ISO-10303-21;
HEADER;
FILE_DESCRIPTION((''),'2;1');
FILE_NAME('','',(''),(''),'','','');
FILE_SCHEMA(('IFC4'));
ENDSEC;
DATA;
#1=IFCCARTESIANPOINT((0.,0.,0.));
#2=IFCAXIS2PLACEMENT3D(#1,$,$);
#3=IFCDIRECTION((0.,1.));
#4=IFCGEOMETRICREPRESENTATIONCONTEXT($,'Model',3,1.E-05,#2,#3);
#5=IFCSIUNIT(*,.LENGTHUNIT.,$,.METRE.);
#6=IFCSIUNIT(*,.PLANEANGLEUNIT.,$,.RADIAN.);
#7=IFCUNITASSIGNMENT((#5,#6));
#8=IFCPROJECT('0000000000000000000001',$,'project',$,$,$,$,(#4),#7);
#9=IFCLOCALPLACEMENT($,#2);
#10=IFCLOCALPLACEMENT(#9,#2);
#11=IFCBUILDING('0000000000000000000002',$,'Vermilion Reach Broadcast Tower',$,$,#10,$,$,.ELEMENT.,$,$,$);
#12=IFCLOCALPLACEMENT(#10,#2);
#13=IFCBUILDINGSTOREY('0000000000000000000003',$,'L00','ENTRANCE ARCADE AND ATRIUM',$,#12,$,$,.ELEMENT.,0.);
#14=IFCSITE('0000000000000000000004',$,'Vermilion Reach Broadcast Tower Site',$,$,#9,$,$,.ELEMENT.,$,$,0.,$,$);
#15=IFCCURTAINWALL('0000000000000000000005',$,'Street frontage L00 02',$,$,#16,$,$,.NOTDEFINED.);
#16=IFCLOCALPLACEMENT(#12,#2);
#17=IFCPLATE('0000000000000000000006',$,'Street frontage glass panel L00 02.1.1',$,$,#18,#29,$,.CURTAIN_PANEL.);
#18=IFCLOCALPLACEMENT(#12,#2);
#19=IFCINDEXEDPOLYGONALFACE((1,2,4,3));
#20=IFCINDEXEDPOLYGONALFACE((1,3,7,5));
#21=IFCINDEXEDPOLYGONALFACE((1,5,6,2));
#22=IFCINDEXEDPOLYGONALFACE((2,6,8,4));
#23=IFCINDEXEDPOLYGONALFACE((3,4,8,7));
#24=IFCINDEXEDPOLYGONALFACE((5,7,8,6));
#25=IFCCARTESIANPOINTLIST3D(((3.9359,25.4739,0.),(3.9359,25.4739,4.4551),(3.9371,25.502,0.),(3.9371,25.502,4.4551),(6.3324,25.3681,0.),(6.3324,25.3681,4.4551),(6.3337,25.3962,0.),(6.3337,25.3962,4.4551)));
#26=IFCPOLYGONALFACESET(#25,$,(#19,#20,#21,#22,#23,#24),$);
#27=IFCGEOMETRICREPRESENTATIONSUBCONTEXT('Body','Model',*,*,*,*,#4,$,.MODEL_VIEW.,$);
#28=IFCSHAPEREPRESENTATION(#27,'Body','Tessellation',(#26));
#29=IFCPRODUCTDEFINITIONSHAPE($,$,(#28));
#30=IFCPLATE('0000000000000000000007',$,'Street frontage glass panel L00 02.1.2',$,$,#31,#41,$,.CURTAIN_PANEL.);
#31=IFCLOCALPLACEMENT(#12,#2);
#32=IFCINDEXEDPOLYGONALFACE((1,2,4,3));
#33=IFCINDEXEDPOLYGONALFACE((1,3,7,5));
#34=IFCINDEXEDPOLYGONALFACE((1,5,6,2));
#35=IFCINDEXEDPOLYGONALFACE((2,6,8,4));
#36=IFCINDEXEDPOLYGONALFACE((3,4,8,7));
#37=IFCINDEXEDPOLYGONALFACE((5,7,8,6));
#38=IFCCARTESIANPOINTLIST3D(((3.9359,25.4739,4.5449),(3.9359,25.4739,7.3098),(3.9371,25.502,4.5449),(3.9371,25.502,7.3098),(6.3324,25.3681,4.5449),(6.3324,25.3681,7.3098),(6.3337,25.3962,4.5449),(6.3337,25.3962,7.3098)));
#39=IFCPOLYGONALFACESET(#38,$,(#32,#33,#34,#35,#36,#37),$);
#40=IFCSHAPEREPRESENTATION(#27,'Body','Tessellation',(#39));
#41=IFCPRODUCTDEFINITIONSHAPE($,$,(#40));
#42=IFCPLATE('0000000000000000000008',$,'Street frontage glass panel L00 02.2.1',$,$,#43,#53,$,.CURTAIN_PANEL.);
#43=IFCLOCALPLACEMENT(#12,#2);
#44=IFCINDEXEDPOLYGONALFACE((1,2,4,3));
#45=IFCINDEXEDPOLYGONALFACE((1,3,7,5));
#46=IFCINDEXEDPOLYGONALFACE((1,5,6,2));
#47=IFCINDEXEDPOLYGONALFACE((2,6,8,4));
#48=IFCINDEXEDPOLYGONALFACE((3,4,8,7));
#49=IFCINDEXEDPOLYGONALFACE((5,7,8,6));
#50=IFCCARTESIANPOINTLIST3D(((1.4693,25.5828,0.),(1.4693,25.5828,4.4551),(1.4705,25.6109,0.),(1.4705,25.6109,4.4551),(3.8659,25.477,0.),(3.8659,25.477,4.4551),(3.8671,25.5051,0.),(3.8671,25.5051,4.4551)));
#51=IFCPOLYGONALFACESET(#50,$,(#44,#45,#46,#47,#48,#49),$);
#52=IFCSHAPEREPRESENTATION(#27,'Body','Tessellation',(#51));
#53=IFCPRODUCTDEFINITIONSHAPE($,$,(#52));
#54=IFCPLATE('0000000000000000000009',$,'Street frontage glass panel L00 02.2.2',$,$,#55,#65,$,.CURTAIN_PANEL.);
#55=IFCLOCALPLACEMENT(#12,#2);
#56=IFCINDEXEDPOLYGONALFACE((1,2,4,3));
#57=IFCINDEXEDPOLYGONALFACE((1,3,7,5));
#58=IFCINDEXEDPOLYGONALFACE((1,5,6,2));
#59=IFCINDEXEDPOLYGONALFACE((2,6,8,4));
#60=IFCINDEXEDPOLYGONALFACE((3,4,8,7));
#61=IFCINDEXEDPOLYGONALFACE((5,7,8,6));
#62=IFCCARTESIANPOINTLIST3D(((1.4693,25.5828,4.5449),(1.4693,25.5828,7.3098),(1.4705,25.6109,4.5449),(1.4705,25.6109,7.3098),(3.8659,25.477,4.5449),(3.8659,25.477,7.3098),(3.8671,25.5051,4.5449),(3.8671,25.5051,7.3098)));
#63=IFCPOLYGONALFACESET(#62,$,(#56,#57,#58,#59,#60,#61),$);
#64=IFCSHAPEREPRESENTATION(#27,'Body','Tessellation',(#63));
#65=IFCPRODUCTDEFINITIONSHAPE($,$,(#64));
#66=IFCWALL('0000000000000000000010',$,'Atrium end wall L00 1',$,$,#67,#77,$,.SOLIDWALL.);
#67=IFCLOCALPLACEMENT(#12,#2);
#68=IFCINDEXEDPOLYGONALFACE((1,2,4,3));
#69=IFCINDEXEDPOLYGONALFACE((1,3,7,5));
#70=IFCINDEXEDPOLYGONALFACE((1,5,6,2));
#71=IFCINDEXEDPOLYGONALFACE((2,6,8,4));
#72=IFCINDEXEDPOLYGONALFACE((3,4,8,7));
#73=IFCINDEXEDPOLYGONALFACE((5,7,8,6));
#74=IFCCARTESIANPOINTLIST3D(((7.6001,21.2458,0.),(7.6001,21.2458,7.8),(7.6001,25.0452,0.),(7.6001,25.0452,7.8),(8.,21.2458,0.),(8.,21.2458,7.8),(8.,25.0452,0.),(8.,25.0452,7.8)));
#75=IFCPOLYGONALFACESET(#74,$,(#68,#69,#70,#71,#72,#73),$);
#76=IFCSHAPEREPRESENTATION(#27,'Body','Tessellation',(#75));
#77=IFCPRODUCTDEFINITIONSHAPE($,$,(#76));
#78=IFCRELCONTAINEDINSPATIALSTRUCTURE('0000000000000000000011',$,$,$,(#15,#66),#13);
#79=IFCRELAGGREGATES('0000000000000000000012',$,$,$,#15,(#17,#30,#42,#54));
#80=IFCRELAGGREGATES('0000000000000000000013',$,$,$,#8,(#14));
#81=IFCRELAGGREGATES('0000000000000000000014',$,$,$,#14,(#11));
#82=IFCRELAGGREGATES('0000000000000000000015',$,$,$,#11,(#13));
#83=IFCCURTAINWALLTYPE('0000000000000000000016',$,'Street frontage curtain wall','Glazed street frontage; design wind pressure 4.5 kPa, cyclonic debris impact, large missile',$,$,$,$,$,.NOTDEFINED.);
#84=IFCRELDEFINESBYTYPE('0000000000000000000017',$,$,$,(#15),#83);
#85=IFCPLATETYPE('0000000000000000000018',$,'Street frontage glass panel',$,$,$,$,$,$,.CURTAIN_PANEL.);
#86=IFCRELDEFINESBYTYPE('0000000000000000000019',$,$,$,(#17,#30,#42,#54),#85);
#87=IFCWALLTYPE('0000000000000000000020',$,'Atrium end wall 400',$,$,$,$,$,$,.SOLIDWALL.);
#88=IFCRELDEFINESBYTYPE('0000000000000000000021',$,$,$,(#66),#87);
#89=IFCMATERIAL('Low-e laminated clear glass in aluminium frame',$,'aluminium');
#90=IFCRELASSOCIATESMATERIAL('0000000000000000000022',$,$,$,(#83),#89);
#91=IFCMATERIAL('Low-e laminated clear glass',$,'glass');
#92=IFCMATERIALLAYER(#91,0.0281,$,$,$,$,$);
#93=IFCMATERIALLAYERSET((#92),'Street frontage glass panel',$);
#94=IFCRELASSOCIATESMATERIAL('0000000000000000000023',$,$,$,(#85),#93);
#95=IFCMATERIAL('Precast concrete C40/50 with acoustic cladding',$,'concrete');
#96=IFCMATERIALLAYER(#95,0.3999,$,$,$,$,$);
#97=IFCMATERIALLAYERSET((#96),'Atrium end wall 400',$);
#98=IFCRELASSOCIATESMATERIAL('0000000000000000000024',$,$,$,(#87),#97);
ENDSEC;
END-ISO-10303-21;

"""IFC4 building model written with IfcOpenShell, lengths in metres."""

from ifc_helpers import new_model, si_unit, direction, frame, frame_2d, origin, origin_2d, place, context, subcontext, project, spatial, rectangle, extrude, material, layer, layer_set, type_object, element, aggregate, save


model = new_model("IFC4")

# Units and contexts
model_context = context("Model", 3, precision=1e-05, world=origin(), true_north=direction((0.0, 1.0)))
body_context = subcontext(model_context, "Body", "Model", "MODEL_VIEW")
ifc_project = project(units=[si_unit("LENGTHUNIT", "METRE"), si_unit("PLANEANGLEUNIT", "RADIAN")], contexts=[model_context])

# Site, building, storey
site_placement = place(None, origin())
site = spatial("IfcSite", under=ifc_project, at=site_placement, Name="Vermilion Reach Broadcast Tower Site", CompositionType="ELEMENT", RefElevation=0.0)
building_placement = place(site_placement, origin())
building = spatial("IfcBuilding", under=site, at=building_placement, Name="Vermilion Reach Broadcast Tower", CompositionType="ELEMENT")
storey_placement = place(building_placement, origin())
storey = spatial("IfcBuildingStorey", under=building, at=storey_placement, Name="L00", Description="ENTRANCE ARCADE AND ATRIUM", CompositionType="ELEMENT", Elevation=0.0)

# Shared definitions
placement = place(storey_placement, origin())

# Curtain wall
ifc_material_1 = material(Name="Low-e laminated clear glass in aluminium frame", Category="aluminium")
curtain_wall_type_1 = type_object("IfcCurtainWallType", Name="Street frontage curtain wall", Description="Glazed street frontage; design wind pressure 4.5 kPa, cyclonic debris impact, large missile", PredefinedType="NOTDEFINED", material=ifc_material_1)
curtain_wall_1 = element("IfcCurtainWall", 1, at=placement, inside=storey, type_object=curtain_wall_type_1, Name="Street frontage L00 02", PredefinedType="NOTDEFINED")

# Plates
ifc_material_2 = material(Name="Low-e laminated clear glass", Category="glass")
ifc_layer_1 = layer(ifc_material_2, 0.0281)
ifc_layer_set_1 = layer_set([ifc_layer_1], Name="Street frontage glass panel")
plate_type_1 = type_object("IfcPlateType", Name="Street frontage glass panel", PredefinedType="CURTAIN_PANEL", material=ifc_layer_set_1)
plate_1_placement = place(storey_placement, frame((5.1348, 25.4351, 0.0), z_axis=(0.0, 0.0, 1.0), x_axis=(-0.999027, 0.044105, 0.0)))
plate_1 = element("IfcPlate", 2, at=plate_1_placement, type_object=plate_type_1, Name="Street frontage glass panel L00 02.1.1", PredefinedType="CURTAIN_PANEL", context=body_context, shape_type="SweptSolid", body=[
    extrude(rectangle(XDim=2.3989, YDim=0.0281, at=origin_2d()), origin(), (0.0, 0.0, 1.0), 4.4551),
])
plate_2_placement = place(storey_placement, frame((5.1348, 25.4351, 4.5449), z_axis=(0.0, 0.0, 1.0), x_axis=(-0.999027, 0.044105, 0.0)))
plate_2 = element("IfcPlate", 3, at=plate_2_placement, type_object=plate_type_1, Name="Street frontage glass panel L00 02.1.2", PredefinedType="CURTAIN_PANEL", context=body_context, shape_type="SweptSolid", body=[
    extrude(rectangle(XDim=2.3989, YDim=0.0281, at=origin_2d()), origin(), (0.0, 0.0, 1.0), 2.7649),
])
plate_3_placement = place(storey_placement, frame((2.6682, 25.5439, 0.0), z_axis=(0.0, 0.0, 1.0), x_axis=(-0.999027, 0.044105, 0.0)))
plate_3 = element("IfcPlate", 4, at=plate_3_placement, type_object=plate_type_1, Name="Street frontage glass panel L00 02.2.1", PredefinedType="CURTAIN_PANEL", context=body_context, shape_type="SweptSolid", body=[
    extrude(rectangle(XDim=2.3989, YDim=0.0281, at=origin_2d()), origin(), (0.0, 0.0, 1.0), 4.4551),
])
plate_4_placement = place(storey_placement, frame((2.6682, 25.5439, 4.5449), z_axis=(0.0, 0.0, 1.0), x_axis=(-0.999027, 0.044105, 0.0)))
plate_4 = element("IfcPlate", 5, at=plate_4_placement, type_object=plate_type_1, Name="Street frontage glass panel L00 02.2.2", PredefinedType="CURTAIN_PANEL", context=body_context, shape_type="SweptSolid", body=[
    extrude(rectangle(XDim=2.3989, YDim=0.0281, at=origin_2d()), origin(), (0.0, 0.0, 1.0), 2.7649),
])
aggregate(curtain_wall_1, [plate_1, plate_2, plate_3, plate_4])

# Wall
ifc_material_3 = material(Name="Precast concrete C40/50 with acoustic cladding", Category="concrete")
ifc_layer_2 = layer(ifc_material_3, 0.3999)
ifc_layer_set_2 = layer_set([ifc_layer_2], Name="Atrium end wall 400")
wall_type = type_object("IfcWallType", Name="Atrium end wall 400", PredefinedType="SOLIDWALL", material=ifc_layer_set_2)
wall_placement = place(storey_placement, frame((7.8, 25.0452, 0.0), z_axis=(0.0, 0.0, 1.0), x_axis=(0.0, -1.0, 0.0)))
element("IfcWall", 6, at=wall_placement, inside=storey, type_object=wall_type, Name="Atrium end wall L00 1", PredefinedType="SOLIDWALL", context=body_context, shape_type="SweptSolid", body=[
    extrude(rectangle(XDim=3.7993, YDim=0.3999, at=frame_2d((1.8997, 0.0))), origin(), (0.0, 0.0, 1.0), 7.8),
])

save(model, "model.ifc")
